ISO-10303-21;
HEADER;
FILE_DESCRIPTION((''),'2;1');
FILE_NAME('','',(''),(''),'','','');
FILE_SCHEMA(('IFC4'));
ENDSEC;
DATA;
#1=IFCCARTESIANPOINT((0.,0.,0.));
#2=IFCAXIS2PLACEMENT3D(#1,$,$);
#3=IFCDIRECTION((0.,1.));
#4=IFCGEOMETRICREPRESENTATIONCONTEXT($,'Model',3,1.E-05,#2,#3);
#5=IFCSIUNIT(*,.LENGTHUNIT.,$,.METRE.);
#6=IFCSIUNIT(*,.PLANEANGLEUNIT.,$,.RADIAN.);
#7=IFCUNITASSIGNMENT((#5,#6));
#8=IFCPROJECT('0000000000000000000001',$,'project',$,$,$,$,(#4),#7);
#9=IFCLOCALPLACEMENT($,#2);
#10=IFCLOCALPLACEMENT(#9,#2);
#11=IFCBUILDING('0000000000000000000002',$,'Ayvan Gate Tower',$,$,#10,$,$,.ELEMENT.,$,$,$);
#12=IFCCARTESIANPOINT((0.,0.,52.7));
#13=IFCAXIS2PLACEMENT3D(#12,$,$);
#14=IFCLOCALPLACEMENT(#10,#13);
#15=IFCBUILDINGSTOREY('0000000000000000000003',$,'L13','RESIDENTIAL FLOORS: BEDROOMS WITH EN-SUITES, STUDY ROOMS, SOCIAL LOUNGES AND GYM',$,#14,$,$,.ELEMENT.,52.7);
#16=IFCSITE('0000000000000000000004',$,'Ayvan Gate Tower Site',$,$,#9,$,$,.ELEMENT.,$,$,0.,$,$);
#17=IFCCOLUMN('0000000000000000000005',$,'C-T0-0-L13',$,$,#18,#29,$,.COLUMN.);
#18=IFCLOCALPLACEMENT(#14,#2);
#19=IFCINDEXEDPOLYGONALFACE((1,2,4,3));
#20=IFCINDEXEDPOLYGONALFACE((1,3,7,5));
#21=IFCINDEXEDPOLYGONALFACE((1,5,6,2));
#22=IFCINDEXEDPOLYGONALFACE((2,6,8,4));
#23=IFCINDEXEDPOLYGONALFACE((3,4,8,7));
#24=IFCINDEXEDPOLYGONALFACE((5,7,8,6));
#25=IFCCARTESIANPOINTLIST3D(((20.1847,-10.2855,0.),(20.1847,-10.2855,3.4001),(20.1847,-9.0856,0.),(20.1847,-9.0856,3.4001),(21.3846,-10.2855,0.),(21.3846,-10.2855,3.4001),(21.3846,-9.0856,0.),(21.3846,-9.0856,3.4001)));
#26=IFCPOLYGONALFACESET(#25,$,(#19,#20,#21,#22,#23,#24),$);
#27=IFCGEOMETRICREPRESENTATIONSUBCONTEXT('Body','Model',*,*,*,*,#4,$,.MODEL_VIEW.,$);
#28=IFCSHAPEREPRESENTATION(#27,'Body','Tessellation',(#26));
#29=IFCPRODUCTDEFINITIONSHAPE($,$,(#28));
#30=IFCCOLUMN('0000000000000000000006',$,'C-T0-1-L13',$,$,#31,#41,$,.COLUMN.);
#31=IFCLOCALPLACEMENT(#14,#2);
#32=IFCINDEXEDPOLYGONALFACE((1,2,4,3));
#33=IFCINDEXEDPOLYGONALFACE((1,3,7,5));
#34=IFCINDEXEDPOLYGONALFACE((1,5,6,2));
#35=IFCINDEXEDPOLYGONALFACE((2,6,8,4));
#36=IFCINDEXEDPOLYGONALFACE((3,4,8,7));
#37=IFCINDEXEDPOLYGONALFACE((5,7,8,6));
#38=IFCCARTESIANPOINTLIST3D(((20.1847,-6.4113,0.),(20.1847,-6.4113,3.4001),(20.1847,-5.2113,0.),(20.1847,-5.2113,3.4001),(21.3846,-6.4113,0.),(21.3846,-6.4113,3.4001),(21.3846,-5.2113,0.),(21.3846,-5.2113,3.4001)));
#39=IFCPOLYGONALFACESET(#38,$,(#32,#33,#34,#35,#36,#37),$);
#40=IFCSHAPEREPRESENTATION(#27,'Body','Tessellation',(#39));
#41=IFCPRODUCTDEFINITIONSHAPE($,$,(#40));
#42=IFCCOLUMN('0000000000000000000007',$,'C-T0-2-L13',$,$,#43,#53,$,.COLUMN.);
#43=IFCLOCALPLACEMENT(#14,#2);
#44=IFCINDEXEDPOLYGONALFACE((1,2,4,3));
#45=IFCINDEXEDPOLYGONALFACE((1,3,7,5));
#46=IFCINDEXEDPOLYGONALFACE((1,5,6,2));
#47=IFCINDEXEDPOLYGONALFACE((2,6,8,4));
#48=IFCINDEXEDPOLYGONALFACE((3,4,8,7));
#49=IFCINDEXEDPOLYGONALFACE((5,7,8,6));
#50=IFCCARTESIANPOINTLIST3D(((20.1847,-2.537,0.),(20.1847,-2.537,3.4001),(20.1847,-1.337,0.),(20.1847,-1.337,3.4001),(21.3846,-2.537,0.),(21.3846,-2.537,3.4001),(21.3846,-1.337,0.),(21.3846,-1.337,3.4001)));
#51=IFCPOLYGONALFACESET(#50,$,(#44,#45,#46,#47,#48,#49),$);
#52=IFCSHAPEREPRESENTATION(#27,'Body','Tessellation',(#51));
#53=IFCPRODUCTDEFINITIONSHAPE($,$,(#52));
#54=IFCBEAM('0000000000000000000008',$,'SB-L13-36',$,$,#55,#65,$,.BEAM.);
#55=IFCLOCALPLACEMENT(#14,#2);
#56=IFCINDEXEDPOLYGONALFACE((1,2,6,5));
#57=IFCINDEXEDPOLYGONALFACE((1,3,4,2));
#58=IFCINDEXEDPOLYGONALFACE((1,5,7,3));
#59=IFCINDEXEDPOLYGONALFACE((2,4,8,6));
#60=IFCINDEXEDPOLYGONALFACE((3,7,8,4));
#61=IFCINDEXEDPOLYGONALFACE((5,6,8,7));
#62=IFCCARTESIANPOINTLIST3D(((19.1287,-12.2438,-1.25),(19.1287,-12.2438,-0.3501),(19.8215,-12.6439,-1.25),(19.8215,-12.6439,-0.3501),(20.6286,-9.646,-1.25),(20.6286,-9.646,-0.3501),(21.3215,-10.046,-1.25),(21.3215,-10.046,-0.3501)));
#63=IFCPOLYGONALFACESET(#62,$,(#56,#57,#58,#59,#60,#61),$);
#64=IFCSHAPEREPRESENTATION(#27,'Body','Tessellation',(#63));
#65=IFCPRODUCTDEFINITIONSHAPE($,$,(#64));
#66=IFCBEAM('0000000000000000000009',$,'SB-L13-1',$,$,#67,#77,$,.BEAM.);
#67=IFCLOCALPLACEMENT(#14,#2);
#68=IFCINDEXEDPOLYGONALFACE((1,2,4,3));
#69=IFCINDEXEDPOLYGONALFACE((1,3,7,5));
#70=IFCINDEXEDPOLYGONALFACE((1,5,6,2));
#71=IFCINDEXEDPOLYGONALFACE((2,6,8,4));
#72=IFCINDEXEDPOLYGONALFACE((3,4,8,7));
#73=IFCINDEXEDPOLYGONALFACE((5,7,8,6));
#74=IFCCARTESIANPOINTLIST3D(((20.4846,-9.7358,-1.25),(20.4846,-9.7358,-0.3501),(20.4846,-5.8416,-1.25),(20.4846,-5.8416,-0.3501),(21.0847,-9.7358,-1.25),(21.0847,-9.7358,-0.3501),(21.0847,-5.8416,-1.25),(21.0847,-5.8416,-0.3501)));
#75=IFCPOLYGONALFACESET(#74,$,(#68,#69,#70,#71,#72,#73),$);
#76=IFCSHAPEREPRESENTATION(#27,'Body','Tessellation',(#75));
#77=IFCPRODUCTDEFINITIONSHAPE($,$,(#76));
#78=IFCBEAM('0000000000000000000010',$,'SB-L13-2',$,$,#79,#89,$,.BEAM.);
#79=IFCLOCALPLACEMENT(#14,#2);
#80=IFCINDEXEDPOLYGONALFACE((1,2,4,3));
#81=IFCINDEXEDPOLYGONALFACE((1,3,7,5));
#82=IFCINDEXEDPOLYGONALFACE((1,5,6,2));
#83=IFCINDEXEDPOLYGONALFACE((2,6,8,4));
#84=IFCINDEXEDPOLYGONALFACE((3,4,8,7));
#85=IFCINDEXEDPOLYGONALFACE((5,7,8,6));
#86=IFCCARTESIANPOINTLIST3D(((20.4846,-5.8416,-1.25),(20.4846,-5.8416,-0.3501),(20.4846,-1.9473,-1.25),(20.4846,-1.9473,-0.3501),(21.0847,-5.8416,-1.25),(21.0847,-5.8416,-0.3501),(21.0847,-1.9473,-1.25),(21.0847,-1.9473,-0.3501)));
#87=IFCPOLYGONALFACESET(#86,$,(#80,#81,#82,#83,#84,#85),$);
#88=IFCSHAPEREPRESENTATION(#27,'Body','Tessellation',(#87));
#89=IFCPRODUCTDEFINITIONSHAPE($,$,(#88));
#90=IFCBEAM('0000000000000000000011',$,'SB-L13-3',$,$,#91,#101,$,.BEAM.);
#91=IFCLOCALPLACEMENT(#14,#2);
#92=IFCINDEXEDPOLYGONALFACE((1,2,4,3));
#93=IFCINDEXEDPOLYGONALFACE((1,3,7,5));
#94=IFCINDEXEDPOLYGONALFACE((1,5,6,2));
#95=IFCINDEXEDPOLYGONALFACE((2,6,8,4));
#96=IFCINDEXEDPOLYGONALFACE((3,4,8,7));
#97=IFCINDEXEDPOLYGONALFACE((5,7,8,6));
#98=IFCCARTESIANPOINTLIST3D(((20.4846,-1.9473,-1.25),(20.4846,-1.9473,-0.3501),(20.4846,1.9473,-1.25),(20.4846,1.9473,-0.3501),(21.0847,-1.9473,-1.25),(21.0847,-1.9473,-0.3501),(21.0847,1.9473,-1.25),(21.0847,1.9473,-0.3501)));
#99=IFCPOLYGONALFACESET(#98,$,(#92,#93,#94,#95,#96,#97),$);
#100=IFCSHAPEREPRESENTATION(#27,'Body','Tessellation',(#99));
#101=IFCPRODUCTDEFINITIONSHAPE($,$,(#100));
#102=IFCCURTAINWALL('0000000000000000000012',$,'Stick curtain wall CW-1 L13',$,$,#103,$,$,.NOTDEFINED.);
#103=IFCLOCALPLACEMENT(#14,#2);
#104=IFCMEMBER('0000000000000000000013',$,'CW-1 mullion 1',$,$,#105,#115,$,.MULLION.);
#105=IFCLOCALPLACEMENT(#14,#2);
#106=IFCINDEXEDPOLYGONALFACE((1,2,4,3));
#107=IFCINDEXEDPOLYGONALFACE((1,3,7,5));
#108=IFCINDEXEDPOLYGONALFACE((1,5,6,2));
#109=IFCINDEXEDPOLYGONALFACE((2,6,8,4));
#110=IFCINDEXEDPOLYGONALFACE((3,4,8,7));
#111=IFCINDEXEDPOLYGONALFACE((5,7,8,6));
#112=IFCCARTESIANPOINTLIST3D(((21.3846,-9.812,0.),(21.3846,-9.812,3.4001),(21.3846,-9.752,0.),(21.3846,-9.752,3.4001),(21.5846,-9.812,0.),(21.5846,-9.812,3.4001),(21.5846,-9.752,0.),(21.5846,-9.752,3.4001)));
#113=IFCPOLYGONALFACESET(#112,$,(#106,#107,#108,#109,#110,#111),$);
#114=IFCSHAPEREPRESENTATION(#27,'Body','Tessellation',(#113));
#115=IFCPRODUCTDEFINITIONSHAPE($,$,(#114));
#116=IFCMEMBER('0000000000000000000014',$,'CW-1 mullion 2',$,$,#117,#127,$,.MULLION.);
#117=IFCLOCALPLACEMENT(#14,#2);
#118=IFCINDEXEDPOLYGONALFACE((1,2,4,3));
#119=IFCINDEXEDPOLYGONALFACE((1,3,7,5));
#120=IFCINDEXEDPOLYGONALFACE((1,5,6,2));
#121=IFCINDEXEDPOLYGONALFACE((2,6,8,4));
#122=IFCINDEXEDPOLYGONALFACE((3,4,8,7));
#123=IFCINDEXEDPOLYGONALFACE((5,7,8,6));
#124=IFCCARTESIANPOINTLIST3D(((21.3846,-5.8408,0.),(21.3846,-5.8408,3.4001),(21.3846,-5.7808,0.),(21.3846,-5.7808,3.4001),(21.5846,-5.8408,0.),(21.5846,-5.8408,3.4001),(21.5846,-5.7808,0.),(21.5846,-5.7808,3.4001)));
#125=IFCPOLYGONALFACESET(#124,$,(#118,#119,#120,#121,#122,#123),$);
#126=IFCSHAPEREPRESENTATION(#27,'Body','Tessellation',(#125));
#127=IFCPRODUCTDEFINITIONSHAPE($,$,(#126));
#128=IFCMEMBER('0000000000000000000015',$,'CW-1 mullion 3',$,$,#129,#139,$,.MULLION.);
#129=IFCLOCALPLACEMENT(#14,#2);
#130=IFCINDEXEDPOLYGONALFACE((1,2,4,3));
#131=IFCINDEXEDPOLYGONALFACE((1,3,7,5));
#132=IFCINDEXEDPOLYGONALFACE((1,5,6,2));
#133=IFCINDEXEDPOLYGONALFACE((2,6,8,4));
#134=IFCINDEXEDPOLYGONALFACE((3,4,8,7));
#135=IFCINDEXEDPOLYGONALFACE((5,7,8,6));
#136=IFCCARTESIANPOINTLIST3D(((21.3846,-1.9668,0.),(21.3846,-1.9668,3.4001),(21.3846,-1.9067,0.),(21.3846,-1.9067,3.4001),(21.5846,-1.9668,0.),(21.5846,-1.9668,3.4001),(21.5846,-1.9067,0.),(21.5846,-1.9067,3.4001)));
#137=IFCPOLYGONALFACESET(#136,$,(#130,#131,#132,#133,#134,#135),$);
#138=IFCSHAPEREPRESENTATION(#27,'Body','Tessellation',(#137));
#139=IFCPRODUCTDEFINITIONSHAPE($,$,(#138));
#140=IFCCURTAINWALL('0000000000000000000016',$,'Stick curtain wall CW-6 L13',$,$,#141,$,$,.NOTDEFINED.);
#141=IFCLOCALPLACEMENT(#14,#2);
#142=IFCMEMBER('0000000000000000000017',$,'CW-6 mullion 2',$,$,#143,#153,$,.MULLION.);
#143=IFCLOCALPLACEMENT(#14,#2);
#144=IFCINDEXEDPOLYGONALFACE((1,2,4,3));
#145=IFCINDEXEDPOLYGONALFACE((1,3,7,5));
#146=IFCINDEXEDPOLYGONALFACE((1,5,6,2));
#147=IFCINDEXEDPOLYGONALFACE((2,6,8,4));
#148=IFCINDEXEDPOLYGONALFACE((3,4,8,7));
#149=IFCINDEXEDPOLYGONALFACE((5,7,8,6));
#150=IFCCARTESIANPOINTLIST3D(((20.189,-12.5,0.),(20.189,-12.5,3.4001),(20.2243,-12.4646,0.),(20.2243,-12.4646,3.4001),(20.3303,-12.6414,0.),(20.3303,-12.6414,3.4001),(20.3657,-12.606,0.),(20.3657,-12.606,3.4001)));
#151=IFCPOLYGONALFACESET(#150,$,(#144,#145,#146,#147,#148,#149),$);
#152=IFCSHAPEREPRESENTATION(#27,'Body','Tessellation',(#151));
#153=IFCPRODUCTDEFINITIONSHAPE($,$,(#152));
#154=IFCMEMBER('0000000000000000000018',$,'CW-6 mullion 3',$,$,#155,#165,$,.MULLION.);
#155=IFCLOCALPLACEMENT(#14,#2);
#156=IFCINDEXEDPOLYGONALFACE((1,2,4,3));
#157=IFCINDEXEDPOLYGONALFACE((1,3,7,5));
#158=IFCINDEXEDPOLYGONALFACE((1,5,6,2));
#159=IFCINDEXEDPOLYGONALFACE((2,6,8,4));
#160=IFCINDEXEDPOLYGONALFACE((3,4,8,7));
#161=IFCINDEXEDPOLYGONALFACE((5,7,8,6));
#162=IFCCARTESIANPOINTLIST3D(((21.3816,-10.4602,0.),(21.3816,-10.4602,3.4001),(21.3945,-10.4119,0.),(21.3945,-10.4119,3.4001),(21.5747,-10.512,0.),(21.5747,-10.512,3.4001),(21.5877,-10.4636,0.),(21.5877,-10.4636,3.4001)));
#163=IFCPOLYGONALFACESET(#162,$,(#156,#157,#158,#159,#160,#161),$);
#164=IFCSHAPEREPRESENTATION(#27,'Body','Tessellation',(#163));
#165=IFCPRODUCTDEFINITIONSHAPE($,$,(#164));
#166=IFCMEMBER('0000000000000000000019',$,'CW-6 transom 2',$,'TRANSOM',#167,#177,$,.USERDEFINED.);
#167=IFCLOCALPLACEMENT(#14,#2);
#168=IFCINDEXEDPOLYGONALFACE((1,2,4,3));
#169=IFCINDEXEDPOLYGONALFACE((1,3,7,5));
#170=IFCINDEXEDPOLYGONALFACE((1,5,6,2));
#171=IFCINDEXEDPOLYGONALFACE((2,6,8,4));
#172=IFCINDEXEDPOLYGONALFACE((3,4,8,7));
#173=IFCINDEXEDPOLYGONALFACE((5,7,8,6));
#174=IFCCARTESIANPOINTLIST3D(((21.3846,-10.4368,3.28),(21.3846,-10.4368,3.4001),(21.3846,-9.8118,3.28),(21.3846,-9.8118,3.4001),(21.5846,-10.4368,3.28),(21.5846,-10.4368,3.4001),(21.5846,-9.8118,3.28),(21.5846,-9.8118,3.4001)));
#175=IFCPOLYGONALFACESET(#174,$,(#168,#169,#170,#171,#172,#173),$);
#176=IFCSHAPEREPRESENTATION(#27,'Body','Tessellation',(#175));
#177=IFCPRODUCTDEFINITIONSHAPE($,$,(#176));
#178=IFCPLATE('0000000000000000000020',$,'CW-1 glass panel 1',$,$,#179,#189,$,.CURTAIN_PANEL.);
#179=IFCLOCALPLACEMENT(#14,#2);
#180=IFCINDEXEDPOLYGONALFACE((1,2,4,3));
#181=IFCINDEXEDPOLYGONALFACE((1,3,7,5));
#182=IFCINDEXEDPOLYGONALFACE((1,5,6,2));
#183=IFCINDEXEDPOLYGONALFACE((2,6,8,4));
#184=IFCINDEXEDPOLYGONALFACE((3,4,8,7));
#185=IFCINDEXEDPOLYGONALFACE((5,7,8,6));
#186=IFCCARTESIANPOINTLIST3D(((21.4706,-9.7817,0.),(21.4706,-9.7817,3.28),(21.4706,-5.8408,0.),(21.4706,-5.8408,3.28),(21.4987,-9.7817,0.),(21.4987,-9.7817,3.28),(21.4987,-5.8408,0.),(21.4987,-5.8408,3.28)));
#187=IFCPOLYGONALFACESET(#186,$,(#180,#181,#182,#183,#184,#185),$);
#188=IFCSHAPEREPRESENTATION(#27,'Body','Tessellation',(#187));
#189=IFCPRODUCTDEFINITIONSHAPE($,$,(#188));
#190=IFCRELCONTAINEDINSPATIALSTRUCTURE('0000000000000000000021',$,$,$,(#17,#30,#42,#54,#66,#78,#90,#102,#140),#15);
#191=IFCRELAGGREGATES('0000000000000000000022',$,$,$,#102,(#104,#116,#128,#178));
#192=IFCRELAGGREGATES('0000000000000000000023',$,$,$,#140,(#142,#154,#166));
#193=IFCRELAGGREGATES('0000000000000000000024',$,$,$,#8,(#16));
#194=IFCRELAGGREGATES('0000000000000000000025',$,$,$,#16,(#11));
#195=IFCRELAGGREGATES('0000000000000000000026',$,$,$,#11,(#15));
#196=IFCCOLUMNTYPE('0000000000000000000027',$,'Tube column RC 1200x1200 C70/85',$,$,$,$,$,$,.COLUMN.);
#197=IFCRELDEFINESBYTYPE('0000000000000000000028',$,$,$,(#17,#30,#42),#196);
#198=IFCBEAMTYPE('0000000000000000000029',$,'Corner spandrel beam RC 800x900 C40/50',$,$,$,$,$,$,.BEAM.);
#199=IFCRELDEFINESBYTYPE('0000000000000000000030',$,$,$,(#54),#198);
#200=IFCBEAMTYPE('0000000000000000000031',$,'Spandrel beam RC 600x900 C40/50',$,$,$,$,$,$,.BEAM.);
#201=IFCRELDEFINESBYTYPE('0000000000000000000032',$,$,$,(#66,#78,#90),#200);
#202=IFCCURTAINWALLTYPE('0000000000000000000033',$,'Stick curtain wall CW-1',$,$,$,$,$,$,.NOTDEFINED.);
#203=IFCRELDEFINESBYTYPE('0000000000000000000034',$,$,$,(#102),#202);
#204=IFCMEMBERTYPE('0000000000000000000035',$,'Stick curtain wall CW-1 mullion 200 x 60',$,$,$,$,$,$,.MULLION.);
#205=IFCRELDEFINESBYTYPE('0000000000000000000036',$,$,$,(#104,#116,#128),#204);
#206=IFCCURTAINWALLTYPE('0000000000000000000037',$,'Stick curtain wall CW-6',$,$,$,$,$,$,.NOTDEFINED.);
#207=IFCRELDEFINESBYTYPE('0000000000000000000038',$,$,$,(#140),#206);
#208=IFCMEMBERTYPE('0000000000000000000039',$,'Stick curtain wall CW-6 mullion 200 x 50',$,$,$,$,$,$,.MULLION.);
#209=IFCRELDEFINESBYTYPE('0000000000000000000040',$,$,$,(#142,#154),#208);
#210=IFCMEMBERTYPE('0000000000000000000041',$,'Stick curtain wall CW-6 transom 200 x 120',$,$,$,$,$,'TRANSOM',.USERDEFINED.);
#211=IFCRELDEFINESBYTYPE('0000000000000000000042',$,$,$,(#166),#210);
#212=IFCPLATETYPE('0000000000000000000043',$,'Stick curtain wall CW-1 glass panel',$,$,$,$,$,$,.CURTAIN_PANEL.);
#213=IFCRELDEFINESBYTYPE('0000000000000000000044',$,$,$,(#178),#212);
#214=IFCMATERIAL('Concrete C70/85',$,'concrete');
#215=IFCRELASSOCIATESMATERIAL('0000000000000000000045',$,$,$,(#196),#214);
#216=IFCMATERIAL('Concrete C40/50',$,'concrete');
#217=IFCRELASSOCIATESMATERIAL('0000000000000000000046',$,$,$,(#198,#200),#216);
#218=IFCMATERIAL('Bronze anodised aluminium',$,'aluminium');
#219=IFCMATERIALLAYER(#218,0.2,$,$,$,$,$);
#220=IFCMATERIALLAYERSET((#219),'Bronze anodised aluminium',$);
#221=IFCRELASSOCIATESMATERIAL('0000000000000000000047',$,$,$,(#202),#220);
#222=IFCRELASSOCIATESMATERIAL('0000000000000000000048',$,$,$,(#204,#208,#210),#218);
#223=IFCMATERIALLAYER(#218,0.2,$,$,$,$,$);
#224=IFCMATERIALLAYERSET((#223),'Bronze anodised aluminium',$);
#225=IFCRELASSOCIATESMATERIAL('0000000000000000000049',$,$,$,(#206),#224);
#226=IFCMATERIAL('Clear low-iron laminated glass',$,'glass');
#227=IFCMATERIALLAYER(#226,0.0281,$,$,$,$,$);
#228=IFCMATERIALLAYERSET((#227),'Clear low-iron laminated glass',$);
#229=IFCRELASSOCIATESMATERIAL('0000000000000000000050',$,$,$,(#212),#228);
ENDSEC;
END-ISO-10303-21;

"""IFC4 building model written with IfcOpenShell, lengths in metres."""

from ifc_helpers import new_model, si_unit, direction, frame, origin, origin_2d, place, context, subcontext, project, spatial, rectangle, extrude, material, layer, layer_set, material_profile, profile_set, type_object, element, aggregate, save


model = new_model("IFC4")

# Units and contexts
model_context = context("Model", 3, precision=1e-05, world=origin(), true_north=direction((0.0, 1.0)))
body_context = subcontext(model_context, "Body", "Model", "MODEL_VIEW")
ifc_project = project(units=[si_unit("LENGTHUNIT", "METRE"), si_unit("PLANEANGLEUNIT", "RADIAN")], contexts=[model_context])

# Site, building, storey
site_placement = place(None, origin())
site = spatial("IfcSite", under=ifc_project, at=site_placement, Name="Ayvan Gate Tower Site", CompositionType="ELEMENT", RefElevation=0.0)
building_placement = place(site_placement, origin())
building = spatial("IfcBuilding", under=site, at=building_placement, Name="Ayvan Gate Tower", CompositionType="ELEMENT")
storey_placement = place(building_placement, frame((0.0, 0.0, 52.7)))
storey = spatial("IfcBuildingStorey", under=building, at=storey_placement, Name="L13", Description="RESIDENTIAL FLOORS: BEDROOMS WITH EN-SUITES, STUDY ROOMS, SOCIAL LOUNGES AND GYM", CompositionType="ELEMENT", Elevation=52.7)

# Columns
ifc_material_1 = material(Name="Concrete C70/85", Category="concrete")
ifc_material_profile_1 = material_profile(ifc_material_1, rectangle(XDim=1.2, YDim=1.2, at=origin_2d()), Name="RC 1200x1200")
ifc_profile_set_1 = profile_set([ifc_material_profile_1], Name="Concrete C70/85")
column_type = type_object("IfcColumnType", Name="Tube column RC 1200x1200 C70/85", PredefinedType="COLUMN", material=ifc_profile_set_1)
for number, where, z_axis, x_axis, name in (
    (1, (20.7847, -9.6855, 0.0), (0.0, 0.0, 1.0), (1.0, 0.0, 0.0), "C-T0-0-L13"),
    (2, (20.7847, -5.8113, 0.0), (0.0, 0.0, 1.0), (1.0, 0.0, 0.0), "C-T0-1-L13"),
    (3, (20.7847, -1.937, 0.0), (0.0, 0.0, 1.0), (1.0, 0.0, 0.0), "C-T0-2-L13"),
):
    element("IfcColumn", number, at=place(storey_placement, frame(where, z_axis=z_axis, x_axis=x_axis)), inside=storey, type_object=column_type, Name=name, PredefinedType="COLUMN", context=body_context, shape_type="SweptSolid", body=[
        extrude(rectangle(XDim=1.2, YDim=1.2, at=origin_2d()), origin(), (0.0, 0.0, 1.0), 3.4001),
    ])

# Beams
ifc_material_2 = material(Name="Concrete C40/50", Category="concrete")
ifc_material_profile_2 = material_profile(ifc_material_2, rectangle(XDim=0.8, YDim=0.8999, at=origin_2d()), Name="RC 800x900")
ifc_profile_set_2 = profile_set([ifc_material_profile_2], Name="Concrete C40/50")
beam_type_1 = type_object("IfcBeamType", Name="Corner spandrel beam RC 800x900 C40/50", PredefinedType="BEAM", material=ifc_profile_set_2)
beam_1_placement = place(storey_placement, frame((19.4751, -12.4438, -0.8), z_axis=(0.500025, 0.866011, 0.0), x_axis=(-0.866011, 0.500025, 0.0)))
element("IfcBeam", 4, at=beam_1_placement, inside=storey, type_object=beam_type_1, Name="SB-L13-36", PredefinedType="BEAM", context=body_context, shape_type="SweptSolid", body=[
    extrude(rectangle(XDim=0.8, YDim=0.8999, at=origin_2d()), origin(), (0.0, 0.0, 1.0), 2.9998),
])
ifc_material_profile_3 = material_profile(ifc_material_2, rectangle(XDim=0.6001, YDim=0.8999, at=origin_2d()), Name="RC 600x900")
ifc_profile_set_3 = profile_set([ifc_material_profile_3], Name="Concrete C40/50")
beam_type_2 = type_object("IfcBeamType", Name="Spandrel beam RC 600x900 C40/50", PredefinedType="BEAM", material=ifc_profile_set_3)
for number, where, z_axis, x_axis, name in (
    (5, (20.7847, -9.7358, -0.8), (0.0, 1.0, 0.0), (-1.0, 0.0, 0.0), "SB-L13-1"),
    (6, (20.7847, -5.8416, -0.8), (0.0, 1.0, 0.0), (-1.0, 0.0, 0.0), "SB-L13-2"),
):
    element("IfcBeam", number, at=place(storey_placement, frame(where, z_axis=z_axis, x_axis=x_axis)), inside=storey, type_object=beam_type_2, Name=name, PredefinedType="BEAM", context=body_context, shape_type="SweptSolid", body=[
        extrude(rectangle(XDim=0.6001, YDim=0.8999, at=origin_2d()), origin(), (0.0, 0.0, 1.0), 3.8943),
    ])
beam_2_placement = place(storey_placement, frame((20.7847, -1.9473, -0.8), z_axis=(0.0, 1.0, 0.0), x_axis=(-1.0, 0.0, 0.0)))
element("IfcBeam", 7, at=beam_2_placement, inside=storey, type_object=beam_type_2, Name="SB-L13-3", PredefinedType="BEAM", context=body_context, shape_type="SweptSolid", body=[
    extrude(rectangle(XDim=0.6001, YDim=0.8999, at=origin_2d()), origin(), (0.0, 0.0, 1.0), 3.8945),
])

# Curtain walls, members
ifc_material_3 = material(Name="Bronze anodised aluminium", Category="aluminium")
ifc_layer_1 = layer(ifc_material_3, 0.2)
ifc_layer_set_1 = layer_set([ifc_layer_1], Name="Bronze anodised aluminium")
curtain_wall_type_1 = type_object("IfcCurtainWallType", Name="Stick curtain wall CW-1", PredefinedType="NOTDEFINED", material=ifc_layer_set_1)
curtain_wall_1_placement = place(storey_placement, origin())
curtain_wall_1 = element("IfcCurtainWall", 8, at=curtain_wall_1_placement, inside=storey, type_object=curtain_wall_type_1, Name="Stick curtain wall CW-1 L13", PredefinedType="NOTDEFINED")
ifc_material_profile_4 = material_profile(ifc_material_3, rectangle(XDim=0.2, YDim=0.0601, at=origin_2d()), Name="Stick curtain wall CW-1 mullion 200 x 60")
ifc_profile_set_4 = profile_set([ifc_material_profile_4], Name="Bronze anodised aluminium")
member_type_1 = type_object("IfcMemberType", Name="Stick curtain wall CW-1 mullion 200 x 60", PredefinedType="MULLION", material=ifc_profile_set_4)
member_1_placement = place(storey_placement, frame((21.4846, -9.782, 0.0), z_axis=(0.0, 0.0, 1.0), x_axis=(1.0, 0.0, 0.0)))
member_1 = element("IfcMember", 9, at=member_1_placement, type_object=member_type_1, Name="CW-1 mullion 1", PredefinedType="MULLION", context=body_context, shape_type="SweptSolid", body=[
    extrude(rectangle(XDim=0.2, YDim=0.0601, at=origin_2d()), origin(), (0.0, 0.0, 1.0), 3.4001),
])
member_2_placement = place(storey_placement, frame((21.4846, -5.8108, 0.0), z_axis=(0.0, 0.0, 1.0), x_axis=(1.0, 0.0, 0.0)))
member_2 = element("IfcMember", 10, at=member_2_placement, type_object=member_type_1, Name="CW-1 mullion 2", PredefinedType="MULLION", context=body_context, shape_type="SweptSolid", body=[
    extrude(rectangle(XDim=0.2, YDim=0.0601, at=origin_2d()), origin(), (0.0, 0.0, 1.0), 3.4001),
])
member_3_placement = place(storey_placement, frame((21.4846, -1.9368, 0.0), z_axis=(0.0, 0.0, 1.0), x_axis=(1.0, 0.0, 0.0)))
member_3 = element("IfcMember", 11, at=member_3_placement, type_object=member_type_1, Name="CW-1 mullion 3", PredefinedType="MULLION", context=body_context, shape_type="SweptSolid", body=[
    extrude(rectangle(XDim=0.2, YDim=0.0601, at=origin_2d()), origin(), (0.0, 0.0, 1.0), 3.4001),
])
ifc_layer_2 = layer(ifc_material_3, 0.2)
ifc_layer_set_2 = layer_set([ifc_layer_2], Name="Bronze anodised aluminium")
curtain_wall_type_2 = type_object("IfcCurtainWallType", Name="Stick curtain wall CW-6", PredefinedType="NOTDEFINED", material=ifc_layer_set_2)
curtain_wall_2_placement = place(storey_placement, origin())
curtain_wall_2 = element("IfcCurtainWall", 12, at=curtain_wall_2_placement, inside=storey, type_object=curtain_wall_type_2, Name="Stick curtain wall CW-6 L13", PredefinedType="NOTDEFINED")
ifc_material_profile_5 = material_profile(ifc_material_3, rectangle(XDim=0.2, YDim=0.05, at=origin_2d()), Name="Stick curtain wall CW-6 mullion 200 x 50")
ifc_profile_set_5 = profile_set([ifc_material_profile_5], Name="Bronze anodised aluminium")
member_type_2 = type_object("IfcMemberType", Name="Stick curtain wall CW-6 mullion 200 x 50", PredefinedType="MULLION", material=ifc_profile_set_5)
member_4_placement = place(storey_placement, frame((20.2773, -12.553, 0.0), z_axis=(0.0, 0.0, 1.0), x_axis=(0.707107, -0.707107, 0.0)))
member_4 = element("IfcMember", 13, at=member_4_placement, type_object=member_type_2, Name="CW-6 mullion 2", PredefinedType="MULLION", context=body_context, shape_type="SweptSolid", body=[
    extrude(rectangle(XDim=0.2, YDim=0.05, at=origin_2d()), origin(), (0.0, 0.0, 1.0), 3.4001),
])
member_5_placement = place(storey_placement, frame((21.4846, -10.4619, 0.0), z_axis=(0.0, 0.0, 1.0), x_axis=(0.965926, -0.258819, 0.0)))
member_5 = element("IfcMember", 14, at=member_5_placement, type_object=member_type_2, Name="CW-6 mullion 3", PredefinedType="MULLION", context=body_context, shape_type="SweptSolid", body=[
    extrude(rectangle(XDim=0.2, YDim=0.05, at=origin_2d()), origin(), (0.0, 0.0, 1.0), 3.4001),
])
ifc_material_profile_6 = material_profile(ifc_material_3, rectangle(XDim=0.2, YDim=0.1201, at=origin_2d()), Name="Stick curtain wall CW-6 transom 200 x 120")
ifc_profile_set_6 = profile_set([ifc_material_profile_6], Name="Bronze anodised aluminium")
member_type_3 = type_object("IfcMemberType", Name="Stick curtain wall CW-6 transom 200 x 120", ElementType="TRANSOM", PredefinedType="USERDEFINED", material=ifc_profile_set_6)
member_6_placement = place(storey_placement, frame((21.4846, -10.4368, 3.3401), z_axis=(0.0, 1.0, 0.0), x_axis=(-1.0, 0.0, 0.0)))
member_6 = element("IfcMember", 15, at=member_6_placement, type_object=member_type_3, Name="CW-6 transom 2", ObjectType="TRANSOM", PredefinedType="USERDEFINED", context=body_context, shape_type="SweptSolid", body=[
    extrude(rectangle(XDim=0.2, YDim=0.1201, at=origin_2d()), origin(), (0.0, 0.0, 1.0), 0.625),
])

# Plate
ifc_material_4 = material(Name="Clear low-iron laminated glass", Category="glass")
ifc_layer_3 = layer(ifc_material_4, 0.0281)
ifc_layer_set_3 = layer_set([ifc_layer_3], Name="Clear low-iron laminated glass")
plate_type_1 = type_object("IfcPlateType", Name="Stick curtain wall CW-1 glass panel", PredefinedType="CURTAIN_PANEL", material=ifc_layer_set_3)
plate_1_placement = place(storey_placement, frame((21.4846, -7.8113, 0.0), z_axis=(0.0, 0.0, 1.0), x_axis=(0.0, 1.0, 0.0)))
plate_1 = element("IfcPlate", 16, at=plate_1_placement, type_object=plate_type_1, Name="CW-1 glass panel 1", PredefinedType="CURTAIN_PANEL", context=body_context, shape_type="SweptSolid", body=[
    extrude(rectangle(XDim=3.9409, YDim=0.0281, at=origin_2d()), origin(), (0.0, 0.0, 1.0), 3.28),
])
aggregate(curtain_wall_1, [member_1, member_2, member_3, plate_1])
aggregate(curtain_wall_2, [member_4, member_5, member_6])

save(model, "model.ifc")
